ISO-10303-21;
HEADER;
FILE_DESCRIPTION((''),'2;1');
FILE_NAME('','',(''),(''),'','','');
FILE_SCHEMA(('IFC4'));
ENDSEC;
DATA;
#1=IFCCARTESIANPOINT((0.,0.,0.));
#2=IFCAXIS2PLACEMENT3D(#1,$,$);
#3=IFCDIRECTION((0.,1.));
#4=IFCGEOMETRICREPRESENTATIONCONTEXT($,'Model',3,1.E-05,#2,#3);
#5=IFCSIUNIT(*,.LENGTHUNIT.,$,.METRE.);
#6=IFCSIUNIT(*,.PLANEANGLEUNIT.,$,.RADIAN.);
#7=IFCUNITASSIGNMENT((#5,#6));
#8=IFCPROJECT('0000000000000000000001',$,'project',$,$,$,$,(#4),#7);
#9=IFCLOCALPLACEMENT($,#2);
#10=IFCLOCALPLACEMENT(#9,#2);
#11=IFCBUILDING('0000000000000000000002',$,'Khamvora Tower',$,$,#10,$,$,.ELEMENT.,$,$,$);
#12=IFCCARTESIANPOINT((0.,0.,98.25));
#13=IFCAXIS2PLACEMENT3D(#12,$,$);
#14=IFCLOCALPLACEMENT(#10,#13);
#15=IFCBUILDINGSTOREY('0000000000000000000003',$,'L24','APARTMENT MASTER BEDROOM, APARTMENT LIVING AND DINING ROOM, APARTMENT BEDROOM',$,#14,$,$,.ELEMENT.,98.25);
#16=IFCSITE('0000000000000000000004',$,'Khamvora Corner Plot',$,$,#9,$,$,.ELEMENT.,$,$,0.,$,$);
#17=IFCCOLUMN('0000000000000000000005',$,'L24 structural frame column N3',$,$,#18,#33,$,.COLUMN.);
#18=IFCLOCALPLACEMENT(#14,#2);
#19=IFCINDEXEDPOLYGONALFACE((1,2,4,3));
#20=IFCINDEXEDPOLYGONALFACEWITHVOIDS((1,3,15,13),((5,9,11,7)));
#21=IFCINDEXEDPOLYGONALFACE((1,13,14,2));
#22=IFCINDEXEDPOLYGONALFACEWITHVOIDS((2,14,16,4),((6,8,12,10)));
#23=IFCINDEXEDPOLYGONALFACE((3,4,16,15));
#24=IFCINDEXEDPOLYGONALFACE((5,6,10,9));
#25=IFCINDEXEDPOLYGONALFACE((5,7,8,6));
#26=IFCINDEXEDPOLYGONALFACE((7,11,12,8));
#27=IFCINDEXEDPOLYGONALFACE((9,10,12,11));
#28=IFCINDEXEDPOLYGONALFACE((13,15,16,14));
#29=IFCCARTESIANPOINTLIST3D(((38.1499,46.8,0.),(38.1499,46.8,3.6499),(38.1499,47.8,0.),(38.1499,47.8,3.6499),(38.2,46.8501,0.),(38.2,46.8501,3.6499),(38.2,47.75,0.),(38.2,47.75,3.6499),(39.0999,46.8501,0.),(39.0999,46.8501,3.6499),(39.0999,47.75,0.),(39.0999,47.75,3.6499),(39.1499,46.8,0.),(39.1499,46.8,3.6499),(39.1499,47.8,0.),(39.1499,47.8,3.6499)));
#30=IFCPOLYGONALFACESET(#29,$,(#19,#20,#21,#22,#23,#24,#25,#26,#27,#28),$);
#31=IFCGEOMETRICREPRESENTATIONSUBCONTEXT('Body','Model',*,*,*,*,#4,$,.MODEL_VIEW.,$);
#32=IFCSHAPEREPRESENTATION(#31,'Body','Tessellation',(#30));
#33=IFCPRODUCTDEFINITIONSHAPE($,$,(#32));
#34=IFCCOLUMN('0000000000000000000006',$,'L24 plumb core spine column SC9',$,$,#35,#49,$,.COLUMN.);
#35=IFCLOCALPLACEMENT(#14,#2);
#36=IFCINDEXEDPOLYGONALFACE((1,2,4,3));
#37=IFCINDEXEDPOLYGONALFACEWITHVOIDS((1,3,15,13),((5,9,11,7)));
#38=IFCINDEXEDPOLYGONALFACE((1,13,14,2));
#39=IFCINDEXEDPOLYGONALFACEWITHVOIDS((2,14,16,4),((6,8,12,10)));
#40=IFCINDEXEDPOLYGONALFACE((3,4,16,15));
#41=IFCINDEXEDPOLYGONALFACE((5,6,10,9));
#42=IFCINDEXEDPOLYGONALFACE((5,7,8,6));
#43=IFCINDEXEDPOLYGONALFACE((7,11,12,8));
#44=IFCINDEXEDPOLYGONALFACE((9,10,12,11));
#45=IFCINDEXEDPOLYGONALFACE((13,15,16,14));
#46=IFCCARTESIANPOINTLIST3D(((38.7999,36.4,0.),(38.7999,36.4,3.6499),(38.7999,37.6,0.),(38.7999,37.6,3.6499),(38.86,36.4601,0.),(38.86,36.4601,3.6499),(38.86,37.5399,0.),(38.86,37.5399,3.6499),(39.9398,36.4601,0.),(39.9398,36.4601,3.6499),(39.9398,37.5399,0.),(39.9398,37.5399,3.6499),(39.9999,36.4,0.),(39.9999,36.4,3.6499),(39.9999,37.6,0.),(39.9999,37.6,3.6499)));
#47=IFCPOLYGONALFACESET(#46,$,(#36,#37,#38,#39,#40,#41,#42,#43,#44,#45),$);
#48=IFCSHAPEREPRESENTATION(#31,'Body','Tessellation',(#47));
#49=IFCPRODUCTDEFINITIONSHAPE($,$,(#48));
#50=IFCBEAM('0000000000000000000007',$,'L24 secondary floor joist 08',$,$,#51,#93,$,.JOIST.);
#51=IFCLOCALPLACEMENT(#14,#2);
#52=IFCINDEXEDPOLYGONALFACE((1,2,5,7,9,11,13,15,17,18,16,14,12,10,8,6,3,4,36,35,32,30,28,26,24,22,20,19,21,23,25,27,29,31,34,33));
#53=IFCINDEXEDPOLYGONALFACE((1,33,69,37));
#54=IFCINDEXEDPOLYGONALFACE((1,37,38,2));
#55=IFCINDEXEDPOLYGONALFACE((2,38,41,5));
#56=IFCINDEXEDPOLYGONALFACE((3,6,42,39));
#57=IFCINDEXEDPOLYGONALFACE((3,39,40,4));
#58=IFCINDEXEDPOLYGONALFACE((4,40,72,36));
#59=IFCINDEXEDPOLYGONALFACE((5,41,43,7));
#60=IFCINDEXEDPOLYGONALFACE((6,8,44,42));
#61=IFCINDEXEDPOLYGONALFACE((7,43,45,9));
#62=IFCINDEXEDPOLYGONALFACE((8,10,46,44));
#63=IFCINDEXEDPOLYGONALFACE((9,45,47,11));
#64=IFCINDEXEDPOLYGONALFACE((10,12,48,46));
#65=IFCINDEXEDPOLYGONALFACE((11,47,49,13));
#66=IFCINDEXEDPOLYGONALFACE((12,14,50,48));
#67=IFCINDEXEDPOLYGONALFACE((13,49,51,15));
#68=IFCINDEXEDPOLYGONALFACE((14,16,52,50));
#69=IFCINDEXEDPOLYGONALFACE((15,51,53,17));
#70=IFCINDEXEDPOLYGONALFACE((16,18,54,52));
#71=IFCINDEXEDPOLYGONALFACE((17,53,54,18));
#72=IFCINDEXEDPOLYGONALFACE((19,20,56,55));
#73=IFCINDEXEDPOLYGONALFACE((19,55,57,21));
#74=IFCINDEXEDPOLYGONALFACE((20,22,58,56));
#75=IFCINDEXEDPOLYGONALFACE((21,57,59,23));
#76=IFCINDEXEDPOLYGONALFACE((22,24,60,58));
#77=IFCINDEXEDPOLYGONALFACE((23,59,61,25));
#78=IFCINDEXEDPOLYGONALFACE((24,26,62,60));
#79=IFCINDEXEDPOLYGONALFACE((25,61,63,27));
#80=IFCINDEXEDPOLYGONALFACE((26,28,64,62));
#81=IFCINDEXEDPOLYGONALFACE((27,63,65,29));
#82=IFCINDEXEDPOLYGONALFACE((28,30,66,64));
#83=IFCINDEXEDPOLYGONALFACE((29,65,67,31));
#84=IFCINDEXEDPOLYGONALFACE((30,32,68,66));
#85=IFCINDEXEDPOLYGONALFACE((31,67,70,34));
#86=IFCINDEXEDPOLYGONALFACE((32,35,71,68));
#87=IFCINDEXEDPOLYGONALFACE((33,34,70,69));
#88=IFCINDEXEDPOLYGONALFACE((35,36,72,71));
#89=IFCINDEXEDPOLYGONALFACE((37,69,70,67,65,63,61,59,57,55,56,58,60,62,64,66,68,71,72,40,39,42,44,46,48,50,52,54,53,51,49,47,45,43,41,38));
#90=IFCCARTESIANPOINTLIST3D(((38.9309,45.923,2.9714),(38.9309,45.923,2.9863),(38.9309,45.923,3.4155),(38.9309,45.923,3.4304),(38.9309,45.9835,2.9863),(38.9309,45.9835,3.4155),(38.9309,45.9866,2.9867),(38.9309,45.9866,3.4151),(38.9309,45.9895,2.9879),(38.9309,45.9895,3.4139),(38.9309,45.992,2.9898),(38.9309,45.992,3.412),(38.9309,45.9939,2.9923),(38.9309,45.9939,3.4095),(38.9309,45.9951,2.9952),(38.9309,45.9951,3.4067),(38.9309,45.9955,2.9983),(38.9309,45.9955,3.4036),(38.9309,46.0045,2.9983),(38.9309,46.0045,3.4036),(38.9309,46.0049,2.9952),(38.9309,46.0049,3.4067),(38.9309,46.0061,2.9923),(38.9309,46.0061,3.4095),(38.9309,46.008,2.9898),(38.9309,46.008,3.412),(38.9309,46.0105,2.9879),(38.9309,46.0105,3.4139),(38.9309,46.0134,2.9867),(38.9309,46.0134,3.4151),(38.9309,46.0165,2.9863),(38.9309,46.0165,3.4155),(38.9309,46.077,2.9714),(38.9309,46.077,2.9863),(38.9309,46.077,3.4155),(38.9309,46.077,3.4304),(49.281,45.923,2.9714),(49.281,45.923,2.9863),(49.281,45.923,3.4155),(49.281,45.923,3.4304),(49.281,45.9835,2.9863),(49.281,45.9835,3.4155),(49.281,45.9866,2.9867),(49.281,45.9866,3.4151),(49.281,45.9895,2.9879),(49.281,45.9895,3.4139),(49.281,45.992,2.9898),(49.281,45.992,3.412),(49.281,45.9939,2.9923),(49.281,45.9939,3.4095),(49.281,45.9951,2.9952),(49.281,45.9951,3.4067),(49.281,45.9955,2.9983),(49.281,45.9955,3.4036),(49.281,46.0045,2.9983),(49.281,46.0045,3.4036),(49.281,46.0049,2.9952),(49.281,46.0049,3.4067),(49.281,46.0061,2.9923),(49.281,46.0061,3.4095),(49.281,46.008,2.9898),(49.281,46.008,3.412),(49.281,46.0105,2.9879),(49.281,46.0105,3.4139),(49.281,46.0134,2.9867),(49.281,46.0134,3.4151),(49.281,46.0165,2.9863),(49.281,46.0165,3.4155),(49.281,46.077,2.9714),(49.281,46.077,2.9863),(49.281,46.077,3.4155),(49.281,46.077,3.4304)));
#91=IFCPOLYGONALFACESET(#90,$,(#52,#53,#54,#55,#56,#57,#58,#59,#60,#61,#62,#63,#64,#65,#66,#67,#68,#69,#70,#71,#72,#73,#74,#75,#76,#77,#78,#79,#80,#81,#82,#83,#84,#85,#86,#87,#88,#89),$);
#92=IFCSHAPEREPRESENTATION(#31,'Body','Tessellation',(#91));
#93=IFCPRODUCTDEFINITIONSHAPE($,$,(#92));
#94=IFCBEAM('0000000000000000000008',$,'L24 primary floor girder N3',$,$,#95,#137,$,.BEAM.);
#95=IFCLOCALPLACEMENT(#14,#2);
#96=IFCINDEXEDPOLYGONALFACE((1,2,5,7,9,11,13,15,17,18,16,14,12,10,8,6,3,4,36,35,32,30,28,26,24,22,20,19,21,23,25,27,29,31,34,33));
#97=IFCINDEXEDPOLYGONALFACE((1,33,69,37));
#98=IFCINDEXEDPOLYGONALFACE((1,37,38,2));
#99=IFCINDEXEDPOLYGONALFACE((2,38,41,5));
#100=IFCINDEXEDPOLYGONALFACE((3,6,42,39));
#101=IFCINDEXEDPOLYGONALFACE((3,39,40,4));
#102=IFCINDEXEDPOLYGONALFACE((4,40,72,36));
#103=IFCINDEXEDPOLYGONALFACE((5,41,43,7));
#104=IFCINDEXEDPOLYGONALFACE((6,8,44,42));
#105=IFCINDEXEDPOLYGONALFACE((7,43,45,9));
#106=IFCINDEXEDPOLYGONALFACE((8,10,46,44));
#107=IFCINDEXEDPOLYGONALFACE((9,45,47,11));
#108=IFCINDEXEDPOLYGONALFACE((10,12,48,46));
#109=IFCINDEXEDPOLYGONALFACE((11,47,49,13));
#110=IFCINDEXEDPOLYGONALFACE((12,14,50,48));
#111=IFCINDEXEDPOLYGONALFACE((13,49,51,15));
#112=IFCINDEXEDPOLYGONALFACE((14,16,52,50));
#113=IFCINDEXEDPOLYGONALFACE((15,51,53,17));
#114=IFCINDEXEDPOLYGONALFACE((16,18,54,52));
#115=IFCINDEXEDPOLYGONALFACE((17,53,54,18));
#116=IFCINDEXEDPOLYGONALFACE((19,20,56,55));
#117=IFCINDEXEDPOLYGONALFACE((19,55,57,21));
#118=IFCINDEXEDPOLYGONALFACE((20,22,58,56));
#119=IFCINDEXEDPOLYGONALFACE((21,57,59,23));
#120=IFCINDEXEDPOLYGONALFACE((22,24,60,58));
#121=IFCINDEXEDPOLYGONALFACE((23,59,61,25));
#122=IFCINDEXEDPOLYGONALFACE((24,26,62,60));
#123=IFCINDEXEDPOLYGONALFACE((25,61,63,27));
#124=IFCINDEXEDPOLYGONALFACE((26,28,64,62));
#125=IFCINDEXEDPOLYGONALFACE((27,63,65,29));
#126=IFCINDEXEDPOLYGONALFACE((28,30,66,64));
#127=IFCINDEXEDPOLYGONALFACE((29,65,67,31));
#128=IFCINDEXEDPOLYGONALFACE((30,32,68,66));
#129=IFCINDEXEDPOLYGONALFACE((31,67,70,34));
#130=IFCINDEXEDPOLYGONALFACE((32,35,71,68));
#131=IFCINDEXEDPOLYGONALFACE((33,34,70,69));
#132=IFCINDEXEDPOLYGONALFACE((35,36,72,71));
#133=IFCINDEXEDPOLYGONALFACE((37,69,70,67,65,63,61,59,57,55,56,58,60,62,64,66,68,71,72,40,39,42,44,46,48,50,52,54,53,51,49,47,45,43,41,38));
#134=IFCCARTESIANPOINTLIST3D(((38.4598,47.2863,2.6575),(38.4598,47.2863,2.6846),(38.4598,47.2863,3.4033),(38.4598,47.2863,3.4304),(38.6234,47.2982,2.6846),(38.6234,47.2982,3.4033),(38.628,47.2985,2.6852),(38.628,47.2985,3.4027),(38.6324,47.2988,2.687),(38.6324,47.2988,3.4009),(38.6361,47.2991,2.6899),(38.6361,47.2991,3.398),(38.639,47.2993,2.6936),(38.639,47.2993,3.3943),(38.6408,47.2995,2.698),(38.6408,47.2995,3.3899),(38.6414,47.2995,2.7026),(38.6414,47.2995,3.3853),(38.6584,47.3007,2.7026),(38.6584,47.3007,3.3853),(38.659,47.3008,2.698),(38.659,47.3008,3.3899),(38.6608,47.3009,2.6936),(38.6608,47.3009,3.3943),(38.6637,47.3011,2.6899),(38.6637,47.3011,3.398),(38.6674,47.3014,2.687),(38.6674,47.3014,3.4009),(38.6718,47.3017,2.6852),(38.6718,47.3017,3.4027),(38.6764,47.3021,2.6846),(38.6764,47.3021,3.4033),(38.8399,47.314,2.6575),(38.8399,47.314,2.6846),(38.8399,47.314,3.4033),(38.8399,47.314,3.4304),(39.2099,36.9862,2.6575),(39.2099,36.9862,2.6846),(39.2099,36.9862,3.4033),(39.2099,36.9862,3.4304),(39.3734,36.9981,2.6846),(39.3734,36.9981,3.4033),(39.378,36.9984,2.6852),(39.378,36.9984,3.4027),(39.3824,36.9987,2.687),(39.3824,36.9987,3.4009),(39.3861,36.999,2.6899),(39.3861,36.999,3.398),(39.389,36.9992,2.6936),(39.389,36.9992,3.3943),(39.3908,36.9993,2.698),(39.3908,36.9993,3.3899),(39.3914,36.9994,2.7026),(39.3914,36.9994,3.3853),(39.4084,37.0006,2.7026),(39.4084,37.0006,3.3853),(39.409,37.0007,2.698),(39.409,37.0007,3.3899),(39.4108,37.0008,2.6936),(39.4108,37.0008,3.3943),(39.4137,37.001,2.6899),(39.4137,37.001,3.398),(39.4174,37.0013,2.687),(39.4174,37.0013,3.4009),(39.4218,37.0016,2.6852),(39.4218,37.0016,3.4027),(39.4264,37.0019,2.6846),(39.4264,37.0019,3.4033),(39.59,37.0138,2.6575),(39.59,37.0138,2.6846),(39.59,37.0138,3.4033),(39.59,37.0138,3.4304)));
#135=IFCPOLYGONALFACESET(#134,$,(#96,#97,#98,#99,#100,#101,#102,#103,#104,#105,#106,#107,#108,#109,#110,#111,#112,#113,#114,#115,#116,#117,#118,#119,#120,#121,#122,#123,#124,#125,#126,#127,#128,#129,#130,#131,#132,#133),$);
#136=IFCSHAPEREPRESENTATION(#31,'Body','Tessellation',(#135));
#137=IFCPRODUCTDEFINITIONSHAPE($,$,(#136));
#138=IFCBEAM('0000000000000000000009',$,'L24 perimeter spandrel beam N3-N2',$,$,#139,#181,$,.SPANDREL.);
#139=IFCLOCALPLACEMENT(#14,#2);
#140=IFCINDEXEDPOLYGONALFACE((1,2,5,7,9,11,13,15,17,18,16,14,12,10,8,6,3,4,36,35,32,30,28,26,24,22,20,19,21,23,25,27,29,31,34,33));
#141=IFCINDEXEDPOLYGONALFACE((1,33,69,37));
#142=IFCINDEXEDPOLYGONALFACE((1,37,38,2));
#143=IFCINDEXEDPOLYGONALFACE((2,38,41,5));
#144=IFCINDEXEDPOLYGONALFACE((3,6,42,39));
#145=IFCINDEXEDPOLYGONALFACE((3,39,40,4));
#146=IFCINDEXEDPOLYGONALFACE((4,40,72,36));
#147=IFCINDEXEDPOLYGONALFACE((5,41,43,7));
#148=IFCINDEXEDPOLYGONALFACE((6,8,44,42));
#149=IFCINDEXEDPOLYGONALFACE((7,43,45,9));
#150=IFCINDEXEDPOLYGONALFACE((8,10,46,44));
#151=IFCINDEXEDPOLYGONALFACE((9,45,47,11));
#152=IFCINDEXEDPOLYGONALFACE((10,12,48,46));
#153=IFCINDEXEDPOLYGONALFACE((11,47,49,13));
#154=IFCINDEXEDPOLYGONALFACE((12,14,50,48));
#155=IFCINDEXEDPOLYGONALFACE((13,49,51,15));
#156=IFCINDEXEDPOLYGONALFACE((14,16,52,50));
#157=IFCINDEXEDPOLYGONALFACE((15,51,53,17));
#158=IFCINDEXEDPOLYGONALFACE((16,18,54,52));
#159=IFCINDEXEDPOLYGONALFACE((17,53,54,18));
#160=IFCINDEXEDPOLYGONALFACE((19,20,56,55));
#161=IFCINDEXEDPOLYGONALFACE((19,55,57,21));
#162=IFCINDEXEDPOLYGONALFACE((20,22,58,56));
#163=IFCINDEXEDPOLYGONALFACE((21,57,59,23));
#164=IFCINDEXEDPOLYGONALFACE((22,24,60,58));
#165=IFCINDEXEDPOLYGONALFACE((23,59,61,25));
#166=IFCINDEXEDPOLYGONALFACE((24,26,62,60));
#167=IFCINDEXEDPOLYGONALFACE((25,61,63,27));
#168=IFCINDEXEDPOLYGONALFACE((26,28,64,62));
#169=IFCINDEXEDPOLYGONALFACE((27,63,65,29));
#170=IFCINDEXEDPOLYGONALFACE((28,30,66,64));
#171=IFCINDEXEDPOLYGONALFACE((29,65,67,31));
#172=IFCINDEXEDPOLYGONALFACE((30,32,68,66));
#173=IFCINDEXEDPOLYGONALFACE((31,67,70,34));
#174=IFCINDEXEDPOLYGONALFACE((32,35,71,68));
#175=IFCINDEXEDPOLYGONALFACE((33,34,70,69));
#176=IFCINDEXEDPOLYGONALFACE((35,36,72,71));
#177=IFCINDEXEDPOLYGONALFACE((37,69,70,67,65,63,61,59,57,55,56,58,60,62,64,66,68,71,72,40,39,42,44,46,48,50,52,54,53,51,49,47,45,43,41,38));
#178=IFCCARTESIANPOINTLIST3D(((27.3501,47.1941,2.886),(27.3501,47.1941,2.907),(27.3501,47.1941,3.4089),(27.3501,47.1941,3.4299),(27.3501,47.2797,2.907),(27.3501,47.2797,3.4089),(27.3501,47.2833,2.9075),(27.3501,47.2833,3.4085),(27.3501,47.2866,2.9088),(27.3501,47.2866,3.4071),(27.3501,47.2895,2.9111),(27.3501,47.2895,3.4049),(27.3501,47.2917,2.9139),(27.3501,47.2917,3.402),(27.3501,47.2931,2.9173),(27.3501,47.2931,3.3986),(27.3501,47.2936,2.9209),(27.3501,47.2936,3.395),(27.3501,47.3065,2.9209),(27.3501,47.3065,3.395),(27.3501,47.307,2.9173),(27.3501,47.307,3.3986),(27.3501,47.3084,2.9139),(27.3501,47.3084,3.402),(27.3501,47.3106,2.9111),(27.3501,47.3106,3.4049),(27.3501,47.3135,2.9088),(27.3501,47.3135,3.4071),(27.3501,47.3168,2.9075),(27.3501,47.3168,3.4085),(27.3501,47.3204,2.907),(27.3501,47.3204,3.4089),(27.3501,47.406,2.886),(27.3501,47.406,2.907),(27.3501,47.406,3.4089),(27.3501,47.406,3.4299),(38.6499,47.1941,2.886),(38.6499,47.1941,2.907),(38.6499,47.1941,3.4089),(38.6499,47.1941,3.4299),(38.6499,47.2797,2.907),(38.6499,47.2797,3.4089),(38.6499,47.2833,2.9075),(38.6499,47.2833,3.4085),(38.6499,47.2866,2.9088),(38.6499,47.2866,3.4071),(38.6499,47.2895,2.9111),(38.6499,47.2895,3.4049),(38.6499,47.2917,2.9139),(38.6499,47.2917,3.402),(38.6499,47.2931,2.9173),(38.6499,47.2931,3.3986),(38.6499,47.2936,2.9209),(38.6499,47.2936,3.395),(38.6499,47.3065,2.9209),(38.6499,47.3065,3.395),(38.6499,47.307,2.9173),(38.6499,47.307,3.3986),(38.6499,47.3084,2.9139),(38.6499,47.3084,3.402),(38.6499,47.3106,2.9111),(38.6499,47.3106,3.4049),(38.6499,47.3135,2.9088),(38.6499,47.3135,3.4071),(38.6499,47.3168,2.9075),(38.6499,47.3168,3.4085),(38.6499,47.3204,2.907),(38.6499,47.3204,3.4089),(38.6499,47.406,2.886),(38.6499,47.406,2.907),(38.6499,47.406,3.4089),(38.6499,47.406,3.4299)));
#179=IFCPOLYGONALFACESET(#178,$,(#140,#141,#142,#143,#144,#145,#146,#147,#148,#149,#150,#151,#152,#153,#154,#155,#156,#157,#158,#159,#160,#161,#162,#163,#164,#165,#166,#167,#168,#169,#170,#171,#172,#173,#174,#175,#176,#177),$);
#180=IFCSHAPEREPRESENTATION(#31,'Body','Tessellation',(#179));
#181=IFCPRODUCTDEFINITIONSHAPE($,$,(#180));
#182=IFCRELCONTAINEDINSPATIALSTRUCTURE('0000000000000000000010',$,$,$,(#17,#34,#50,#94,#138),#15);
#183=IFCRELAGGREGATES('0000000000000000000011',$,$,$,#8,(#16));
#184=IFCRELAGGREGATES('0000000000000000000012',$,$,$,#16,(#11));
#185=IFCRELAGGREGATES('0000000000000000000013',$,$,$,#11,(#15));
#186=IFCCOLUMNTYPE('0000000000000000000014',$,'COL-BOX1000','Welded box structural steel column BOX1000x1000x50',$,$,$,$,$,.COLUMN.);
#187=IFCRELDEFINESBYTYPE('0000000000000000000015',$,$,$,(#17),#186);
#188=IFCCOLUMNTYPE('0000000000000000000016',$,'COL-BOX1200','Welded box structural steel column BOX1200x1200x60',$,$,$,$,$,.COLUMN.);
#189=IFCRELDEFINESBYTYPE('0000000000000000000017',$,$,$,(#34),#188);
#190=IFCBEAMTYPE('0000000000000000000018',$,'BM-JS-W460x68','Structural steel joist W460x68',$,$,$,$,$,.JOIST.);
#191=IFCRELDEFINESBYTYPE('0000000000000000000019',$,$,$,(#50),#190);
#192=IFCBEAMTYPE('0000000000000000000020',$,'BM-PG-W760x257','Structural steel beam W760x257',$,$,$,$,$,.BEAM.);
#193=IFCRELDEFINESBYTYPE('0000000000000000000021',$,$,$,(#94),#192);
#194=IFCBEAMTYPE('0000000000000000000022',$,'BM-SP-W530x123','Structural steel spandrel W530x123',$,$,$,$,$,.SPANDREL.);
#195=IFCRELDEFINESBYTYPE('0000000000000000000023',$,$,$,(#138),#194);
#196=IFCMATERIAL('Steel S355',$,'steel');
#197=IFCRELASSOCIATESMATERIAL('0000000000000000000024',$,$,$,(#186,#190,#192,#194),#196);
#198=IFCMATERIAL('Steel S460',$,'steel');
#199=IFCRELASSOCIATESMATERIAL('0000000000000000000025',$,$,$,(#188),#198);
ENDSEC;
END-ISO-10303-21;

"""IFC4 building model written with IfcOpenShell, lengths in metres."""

from ifc_helpers import new_model, si_unit, direction, frame, origin, origin_2d, place, context, subcontext, project, spatial, hollow_rectangle, i_section, extrude, material, material_profile, profile_set, type_object, element, save


model = new_model("IFC4")

# Units and contexts
model_context = context("Model", 3, precision=1e-05, world=origin(), true_north=direction((0.0, 1.0)))
body_context = subcontext(model_context, "Body", "Model", "MODEL_VIEW")
ifc_project = project(units=[si_unit("LENGTHUNIT", "METRE"), si_unit("PLANEANGLEUNIT", "RADIAN")], contexts=[model_context])

# Site, building, storey
site_placement = place(None, origin())
site = spatial("IfcSite", under=ifc_project, at=site_placement, Name="Khamvora Corner Plot", CompositionType="ELEMENT", RefElevation=0.0)
building_placement = place(site_placement, origin())
building = spatial("IfcBuilding", under=site, at=building_placement, Name="Khamvora Tower", CompositionType="ELEMENT")
storey_placement = place(building_placement, frame((0.0, 0.0, 98.25)))
storey = spatial("IfcBuildingStorey", under=building, at=storey_placement, Name="L24", Description="APARTMENT MASTER BEDROOM, APARTMENT LIVING AND DINING ROOM, APARTMENT BEDROOM", CompositionType="ELEMENT", Elevation=98.25)

# Columns
ifc_material_1 = material(Name="Steel S355", Category="steel")
ifc_material_profile_1 = material_profile(ifc_material_1, hollow_rectangle(XDim=1.0, YDim=1.0, WallThickness=0.05, at=origin_2d()), Name="BOX1000x1000x50")
ifc_profile_set_1 = profile_set([ifc_material_profile_1], Name="Steel S355")
column_type_1 = type_object("IfcColumnType", Name="COL-BOX1000", Description="Welded box structural steel column BOX1000x1000x50", PredefinedType="COLUMN", material=ifc_profile_set_1)
column_1_placement = place(storey_placement, frame((38.6499, 47.3, 0.0), z_axis=(0.0, 0.0, 1.0), x_axis=(1.0, 0.0, 0.0)))
element("IfcColumn", 1, at=column_1_placement, inside=storey, type_object=column_type_1, Name="L24 structural frame column N3", PredefinedType="COLUMN", context=body_context, shape_type="SweptSolid", body=[
    extrude(hollow_rectangle(XDim=1.0, YDim=1.0, WallThickness=0.05, at=origin_2d()), origin(), (0.0, 0.0, 1.0), 3.6499),
])
ifc_material_2 = material(Name="Steel S460", Category="steel")
ifc_material_profile_2 = material_profile(ifc_material_2, hollow_rectangle(XDim=1.2, YDim=1.2, WallThickness=0.0601, at=origin_2d()), Name="BOX1200x1200x60")
ifc_profile_set_2 = profile_set([ifc_material_profile_2], Name="Steel S460")
column_type_2 = type_object("IfcColumnType", Name="COL-BOX1200", Description="Welded box structural steel column BOX1200x1200x60", PredefinedType="COLUMN", material=ifc_profile_set_2)
column_2_placement = place(storey_placement, frame((39.3999, 37.0, 0.0), z_axis=(0.0, 0.0, 1.0), x_axis=(1.0, 0.0, 0.0)))
element("IfcColumn", 2, at=column_2_placement, inside=storey, type_object=column_type_2, Name="L24 plumb core spine column SC9", PredefinedType="COLUMN", context=body_context, shape_type="SweptSolid", body=[
    extrude(hollow_rectangle(XDim=1.2, YDim=1.2, WallThickness=0.0601, at=origin_2d()), origin(), (0.0, 0.0, 1.0), 3.6499),
])

# Beams
ifc_material_profile_3 = material_profile(ifc_material_1, i_section(OverallWidth=0.1541, OverallDepth=0.459, WebThickness=0.009, FlangeThickness=0.0149, FilletRadius=0.012, at=origin_2d()), Name="W460x68")
ifc_profile_set_3 = profile_set([ifc_material_profile_3], Name="Steel S355")
beam_type_1 = type_object("IfcBeamType", Name="BM-JS-W460x68", Description="Structural steel joist W460x68", PredefinedType="JOIST", material=ifc_profile_set_3)
beam_1_placement = place(storey_placement, frame((38.9309, 46.0, 3.2009), z_axis=(1.0, 0.0, 0.0), x_axis=(0.0, 1.0, 0.0)))
element("IfcBeam", 3, at=beam_1_placement, inside=storey, type_object=beam_type_1, Name="L24 secondary floor joist 08", PredefinedType="JOIST", context=body_context, shape_type="SweptSolid", body=[
    extrude(i_section(OverallWidth=0.1541, OverallDepth=0.459, WebThickness=0.009, FlangeThickness=0.0149, FilletRadius=0.012, at=origin_2d()), origin(), (0.0, 0.0, 1.0), 10.3501),
])
ifc_material_profile_4 = material_profile(ifc_material_1, i_section(OverallWidth=0.3811, OverallDepth=0.7729, WebThickness=0.0171, FlangeThickness=0.0271, FilletRadius=0.0181, at=origin_2d()), Name="W760x257")
ifc_profile_set_4 = profile_set([ifc_material_profile_4], Name="Steel S355")
beam_type_2 = type_object("IfcBeamType", Name="BM-PG-W760x257", Description="Structural steel beam W760x257", PredefinedType="BEAM", material=ifc_profile_set_4)
beam_2_placement = place(storey_placement, frame((39.3999, 37.0, 3.0439), z_axis=(-0.072623, 0.997359, 0.0), x_axis=(-0.997359, -0.072623, 0.0)))
element("IfcBeam", 4, at=beam_2_placement, inside=storey, type_object=beam_type_2, Name="L24 primary floor girder N3", PredefinedType="BEAM", context=body_context, shape_type="SweptSolid", body=[
    extrude(i_section(OverallWidth=0.3811, OverallDepth=0.7729, WebThickness=0.0171, FlangeThickness=0.0271, FilletRadius=0.0181, at=origin_2d()), origin(), (0.0, 0.0, 1.0), 10.3274),
])
ifc_material_profile_5 = material_profile(ifc_material_1, i_section(OverallWidth=0.2119, OverallDepth=0.5439, WebThickness=0.0129, FlangeThickness=0.021, FilletRadius=0.0139, at=origin_2d()), Name="W530x123")
ifc_profile_set_5 = profile_set([ifc_material_profile_5], Name="Steel S355")
beam_type_3 = type_object("IfcBeamType", Name="BM-SP-W530x123", Description="Structural steel spandrel W530x123", PredefinedType="SPANDREL", material=ifc_profile_set_5)
beam_3_placement = place(storey_placement, frame((38.6499, 47.3, 3.158), z_axis=(-1.0, 0.0, 0.0), x_axis=(0.0, -1.0, 0.0)))
element("IfcBeam", 5, at=beam_3_placement, inside=storey, type_object=beam_type_3, Name="L24 perimeter spandrel beam N3-N2", PredefinedType="SPANDREL", context=body_context, shape_type="SweptSolid", body=[
    extrude(i_section(OverallWidth=0.2119, OverallDepth=0.5439, WebThickness=0.0129, FlangeThickness=0.021, FilletRadius=0.0139, at=origin_2d()), origin(), (0.0, 0.0, 1.0), 11.2998),
])

save(model, "model.ifc")
